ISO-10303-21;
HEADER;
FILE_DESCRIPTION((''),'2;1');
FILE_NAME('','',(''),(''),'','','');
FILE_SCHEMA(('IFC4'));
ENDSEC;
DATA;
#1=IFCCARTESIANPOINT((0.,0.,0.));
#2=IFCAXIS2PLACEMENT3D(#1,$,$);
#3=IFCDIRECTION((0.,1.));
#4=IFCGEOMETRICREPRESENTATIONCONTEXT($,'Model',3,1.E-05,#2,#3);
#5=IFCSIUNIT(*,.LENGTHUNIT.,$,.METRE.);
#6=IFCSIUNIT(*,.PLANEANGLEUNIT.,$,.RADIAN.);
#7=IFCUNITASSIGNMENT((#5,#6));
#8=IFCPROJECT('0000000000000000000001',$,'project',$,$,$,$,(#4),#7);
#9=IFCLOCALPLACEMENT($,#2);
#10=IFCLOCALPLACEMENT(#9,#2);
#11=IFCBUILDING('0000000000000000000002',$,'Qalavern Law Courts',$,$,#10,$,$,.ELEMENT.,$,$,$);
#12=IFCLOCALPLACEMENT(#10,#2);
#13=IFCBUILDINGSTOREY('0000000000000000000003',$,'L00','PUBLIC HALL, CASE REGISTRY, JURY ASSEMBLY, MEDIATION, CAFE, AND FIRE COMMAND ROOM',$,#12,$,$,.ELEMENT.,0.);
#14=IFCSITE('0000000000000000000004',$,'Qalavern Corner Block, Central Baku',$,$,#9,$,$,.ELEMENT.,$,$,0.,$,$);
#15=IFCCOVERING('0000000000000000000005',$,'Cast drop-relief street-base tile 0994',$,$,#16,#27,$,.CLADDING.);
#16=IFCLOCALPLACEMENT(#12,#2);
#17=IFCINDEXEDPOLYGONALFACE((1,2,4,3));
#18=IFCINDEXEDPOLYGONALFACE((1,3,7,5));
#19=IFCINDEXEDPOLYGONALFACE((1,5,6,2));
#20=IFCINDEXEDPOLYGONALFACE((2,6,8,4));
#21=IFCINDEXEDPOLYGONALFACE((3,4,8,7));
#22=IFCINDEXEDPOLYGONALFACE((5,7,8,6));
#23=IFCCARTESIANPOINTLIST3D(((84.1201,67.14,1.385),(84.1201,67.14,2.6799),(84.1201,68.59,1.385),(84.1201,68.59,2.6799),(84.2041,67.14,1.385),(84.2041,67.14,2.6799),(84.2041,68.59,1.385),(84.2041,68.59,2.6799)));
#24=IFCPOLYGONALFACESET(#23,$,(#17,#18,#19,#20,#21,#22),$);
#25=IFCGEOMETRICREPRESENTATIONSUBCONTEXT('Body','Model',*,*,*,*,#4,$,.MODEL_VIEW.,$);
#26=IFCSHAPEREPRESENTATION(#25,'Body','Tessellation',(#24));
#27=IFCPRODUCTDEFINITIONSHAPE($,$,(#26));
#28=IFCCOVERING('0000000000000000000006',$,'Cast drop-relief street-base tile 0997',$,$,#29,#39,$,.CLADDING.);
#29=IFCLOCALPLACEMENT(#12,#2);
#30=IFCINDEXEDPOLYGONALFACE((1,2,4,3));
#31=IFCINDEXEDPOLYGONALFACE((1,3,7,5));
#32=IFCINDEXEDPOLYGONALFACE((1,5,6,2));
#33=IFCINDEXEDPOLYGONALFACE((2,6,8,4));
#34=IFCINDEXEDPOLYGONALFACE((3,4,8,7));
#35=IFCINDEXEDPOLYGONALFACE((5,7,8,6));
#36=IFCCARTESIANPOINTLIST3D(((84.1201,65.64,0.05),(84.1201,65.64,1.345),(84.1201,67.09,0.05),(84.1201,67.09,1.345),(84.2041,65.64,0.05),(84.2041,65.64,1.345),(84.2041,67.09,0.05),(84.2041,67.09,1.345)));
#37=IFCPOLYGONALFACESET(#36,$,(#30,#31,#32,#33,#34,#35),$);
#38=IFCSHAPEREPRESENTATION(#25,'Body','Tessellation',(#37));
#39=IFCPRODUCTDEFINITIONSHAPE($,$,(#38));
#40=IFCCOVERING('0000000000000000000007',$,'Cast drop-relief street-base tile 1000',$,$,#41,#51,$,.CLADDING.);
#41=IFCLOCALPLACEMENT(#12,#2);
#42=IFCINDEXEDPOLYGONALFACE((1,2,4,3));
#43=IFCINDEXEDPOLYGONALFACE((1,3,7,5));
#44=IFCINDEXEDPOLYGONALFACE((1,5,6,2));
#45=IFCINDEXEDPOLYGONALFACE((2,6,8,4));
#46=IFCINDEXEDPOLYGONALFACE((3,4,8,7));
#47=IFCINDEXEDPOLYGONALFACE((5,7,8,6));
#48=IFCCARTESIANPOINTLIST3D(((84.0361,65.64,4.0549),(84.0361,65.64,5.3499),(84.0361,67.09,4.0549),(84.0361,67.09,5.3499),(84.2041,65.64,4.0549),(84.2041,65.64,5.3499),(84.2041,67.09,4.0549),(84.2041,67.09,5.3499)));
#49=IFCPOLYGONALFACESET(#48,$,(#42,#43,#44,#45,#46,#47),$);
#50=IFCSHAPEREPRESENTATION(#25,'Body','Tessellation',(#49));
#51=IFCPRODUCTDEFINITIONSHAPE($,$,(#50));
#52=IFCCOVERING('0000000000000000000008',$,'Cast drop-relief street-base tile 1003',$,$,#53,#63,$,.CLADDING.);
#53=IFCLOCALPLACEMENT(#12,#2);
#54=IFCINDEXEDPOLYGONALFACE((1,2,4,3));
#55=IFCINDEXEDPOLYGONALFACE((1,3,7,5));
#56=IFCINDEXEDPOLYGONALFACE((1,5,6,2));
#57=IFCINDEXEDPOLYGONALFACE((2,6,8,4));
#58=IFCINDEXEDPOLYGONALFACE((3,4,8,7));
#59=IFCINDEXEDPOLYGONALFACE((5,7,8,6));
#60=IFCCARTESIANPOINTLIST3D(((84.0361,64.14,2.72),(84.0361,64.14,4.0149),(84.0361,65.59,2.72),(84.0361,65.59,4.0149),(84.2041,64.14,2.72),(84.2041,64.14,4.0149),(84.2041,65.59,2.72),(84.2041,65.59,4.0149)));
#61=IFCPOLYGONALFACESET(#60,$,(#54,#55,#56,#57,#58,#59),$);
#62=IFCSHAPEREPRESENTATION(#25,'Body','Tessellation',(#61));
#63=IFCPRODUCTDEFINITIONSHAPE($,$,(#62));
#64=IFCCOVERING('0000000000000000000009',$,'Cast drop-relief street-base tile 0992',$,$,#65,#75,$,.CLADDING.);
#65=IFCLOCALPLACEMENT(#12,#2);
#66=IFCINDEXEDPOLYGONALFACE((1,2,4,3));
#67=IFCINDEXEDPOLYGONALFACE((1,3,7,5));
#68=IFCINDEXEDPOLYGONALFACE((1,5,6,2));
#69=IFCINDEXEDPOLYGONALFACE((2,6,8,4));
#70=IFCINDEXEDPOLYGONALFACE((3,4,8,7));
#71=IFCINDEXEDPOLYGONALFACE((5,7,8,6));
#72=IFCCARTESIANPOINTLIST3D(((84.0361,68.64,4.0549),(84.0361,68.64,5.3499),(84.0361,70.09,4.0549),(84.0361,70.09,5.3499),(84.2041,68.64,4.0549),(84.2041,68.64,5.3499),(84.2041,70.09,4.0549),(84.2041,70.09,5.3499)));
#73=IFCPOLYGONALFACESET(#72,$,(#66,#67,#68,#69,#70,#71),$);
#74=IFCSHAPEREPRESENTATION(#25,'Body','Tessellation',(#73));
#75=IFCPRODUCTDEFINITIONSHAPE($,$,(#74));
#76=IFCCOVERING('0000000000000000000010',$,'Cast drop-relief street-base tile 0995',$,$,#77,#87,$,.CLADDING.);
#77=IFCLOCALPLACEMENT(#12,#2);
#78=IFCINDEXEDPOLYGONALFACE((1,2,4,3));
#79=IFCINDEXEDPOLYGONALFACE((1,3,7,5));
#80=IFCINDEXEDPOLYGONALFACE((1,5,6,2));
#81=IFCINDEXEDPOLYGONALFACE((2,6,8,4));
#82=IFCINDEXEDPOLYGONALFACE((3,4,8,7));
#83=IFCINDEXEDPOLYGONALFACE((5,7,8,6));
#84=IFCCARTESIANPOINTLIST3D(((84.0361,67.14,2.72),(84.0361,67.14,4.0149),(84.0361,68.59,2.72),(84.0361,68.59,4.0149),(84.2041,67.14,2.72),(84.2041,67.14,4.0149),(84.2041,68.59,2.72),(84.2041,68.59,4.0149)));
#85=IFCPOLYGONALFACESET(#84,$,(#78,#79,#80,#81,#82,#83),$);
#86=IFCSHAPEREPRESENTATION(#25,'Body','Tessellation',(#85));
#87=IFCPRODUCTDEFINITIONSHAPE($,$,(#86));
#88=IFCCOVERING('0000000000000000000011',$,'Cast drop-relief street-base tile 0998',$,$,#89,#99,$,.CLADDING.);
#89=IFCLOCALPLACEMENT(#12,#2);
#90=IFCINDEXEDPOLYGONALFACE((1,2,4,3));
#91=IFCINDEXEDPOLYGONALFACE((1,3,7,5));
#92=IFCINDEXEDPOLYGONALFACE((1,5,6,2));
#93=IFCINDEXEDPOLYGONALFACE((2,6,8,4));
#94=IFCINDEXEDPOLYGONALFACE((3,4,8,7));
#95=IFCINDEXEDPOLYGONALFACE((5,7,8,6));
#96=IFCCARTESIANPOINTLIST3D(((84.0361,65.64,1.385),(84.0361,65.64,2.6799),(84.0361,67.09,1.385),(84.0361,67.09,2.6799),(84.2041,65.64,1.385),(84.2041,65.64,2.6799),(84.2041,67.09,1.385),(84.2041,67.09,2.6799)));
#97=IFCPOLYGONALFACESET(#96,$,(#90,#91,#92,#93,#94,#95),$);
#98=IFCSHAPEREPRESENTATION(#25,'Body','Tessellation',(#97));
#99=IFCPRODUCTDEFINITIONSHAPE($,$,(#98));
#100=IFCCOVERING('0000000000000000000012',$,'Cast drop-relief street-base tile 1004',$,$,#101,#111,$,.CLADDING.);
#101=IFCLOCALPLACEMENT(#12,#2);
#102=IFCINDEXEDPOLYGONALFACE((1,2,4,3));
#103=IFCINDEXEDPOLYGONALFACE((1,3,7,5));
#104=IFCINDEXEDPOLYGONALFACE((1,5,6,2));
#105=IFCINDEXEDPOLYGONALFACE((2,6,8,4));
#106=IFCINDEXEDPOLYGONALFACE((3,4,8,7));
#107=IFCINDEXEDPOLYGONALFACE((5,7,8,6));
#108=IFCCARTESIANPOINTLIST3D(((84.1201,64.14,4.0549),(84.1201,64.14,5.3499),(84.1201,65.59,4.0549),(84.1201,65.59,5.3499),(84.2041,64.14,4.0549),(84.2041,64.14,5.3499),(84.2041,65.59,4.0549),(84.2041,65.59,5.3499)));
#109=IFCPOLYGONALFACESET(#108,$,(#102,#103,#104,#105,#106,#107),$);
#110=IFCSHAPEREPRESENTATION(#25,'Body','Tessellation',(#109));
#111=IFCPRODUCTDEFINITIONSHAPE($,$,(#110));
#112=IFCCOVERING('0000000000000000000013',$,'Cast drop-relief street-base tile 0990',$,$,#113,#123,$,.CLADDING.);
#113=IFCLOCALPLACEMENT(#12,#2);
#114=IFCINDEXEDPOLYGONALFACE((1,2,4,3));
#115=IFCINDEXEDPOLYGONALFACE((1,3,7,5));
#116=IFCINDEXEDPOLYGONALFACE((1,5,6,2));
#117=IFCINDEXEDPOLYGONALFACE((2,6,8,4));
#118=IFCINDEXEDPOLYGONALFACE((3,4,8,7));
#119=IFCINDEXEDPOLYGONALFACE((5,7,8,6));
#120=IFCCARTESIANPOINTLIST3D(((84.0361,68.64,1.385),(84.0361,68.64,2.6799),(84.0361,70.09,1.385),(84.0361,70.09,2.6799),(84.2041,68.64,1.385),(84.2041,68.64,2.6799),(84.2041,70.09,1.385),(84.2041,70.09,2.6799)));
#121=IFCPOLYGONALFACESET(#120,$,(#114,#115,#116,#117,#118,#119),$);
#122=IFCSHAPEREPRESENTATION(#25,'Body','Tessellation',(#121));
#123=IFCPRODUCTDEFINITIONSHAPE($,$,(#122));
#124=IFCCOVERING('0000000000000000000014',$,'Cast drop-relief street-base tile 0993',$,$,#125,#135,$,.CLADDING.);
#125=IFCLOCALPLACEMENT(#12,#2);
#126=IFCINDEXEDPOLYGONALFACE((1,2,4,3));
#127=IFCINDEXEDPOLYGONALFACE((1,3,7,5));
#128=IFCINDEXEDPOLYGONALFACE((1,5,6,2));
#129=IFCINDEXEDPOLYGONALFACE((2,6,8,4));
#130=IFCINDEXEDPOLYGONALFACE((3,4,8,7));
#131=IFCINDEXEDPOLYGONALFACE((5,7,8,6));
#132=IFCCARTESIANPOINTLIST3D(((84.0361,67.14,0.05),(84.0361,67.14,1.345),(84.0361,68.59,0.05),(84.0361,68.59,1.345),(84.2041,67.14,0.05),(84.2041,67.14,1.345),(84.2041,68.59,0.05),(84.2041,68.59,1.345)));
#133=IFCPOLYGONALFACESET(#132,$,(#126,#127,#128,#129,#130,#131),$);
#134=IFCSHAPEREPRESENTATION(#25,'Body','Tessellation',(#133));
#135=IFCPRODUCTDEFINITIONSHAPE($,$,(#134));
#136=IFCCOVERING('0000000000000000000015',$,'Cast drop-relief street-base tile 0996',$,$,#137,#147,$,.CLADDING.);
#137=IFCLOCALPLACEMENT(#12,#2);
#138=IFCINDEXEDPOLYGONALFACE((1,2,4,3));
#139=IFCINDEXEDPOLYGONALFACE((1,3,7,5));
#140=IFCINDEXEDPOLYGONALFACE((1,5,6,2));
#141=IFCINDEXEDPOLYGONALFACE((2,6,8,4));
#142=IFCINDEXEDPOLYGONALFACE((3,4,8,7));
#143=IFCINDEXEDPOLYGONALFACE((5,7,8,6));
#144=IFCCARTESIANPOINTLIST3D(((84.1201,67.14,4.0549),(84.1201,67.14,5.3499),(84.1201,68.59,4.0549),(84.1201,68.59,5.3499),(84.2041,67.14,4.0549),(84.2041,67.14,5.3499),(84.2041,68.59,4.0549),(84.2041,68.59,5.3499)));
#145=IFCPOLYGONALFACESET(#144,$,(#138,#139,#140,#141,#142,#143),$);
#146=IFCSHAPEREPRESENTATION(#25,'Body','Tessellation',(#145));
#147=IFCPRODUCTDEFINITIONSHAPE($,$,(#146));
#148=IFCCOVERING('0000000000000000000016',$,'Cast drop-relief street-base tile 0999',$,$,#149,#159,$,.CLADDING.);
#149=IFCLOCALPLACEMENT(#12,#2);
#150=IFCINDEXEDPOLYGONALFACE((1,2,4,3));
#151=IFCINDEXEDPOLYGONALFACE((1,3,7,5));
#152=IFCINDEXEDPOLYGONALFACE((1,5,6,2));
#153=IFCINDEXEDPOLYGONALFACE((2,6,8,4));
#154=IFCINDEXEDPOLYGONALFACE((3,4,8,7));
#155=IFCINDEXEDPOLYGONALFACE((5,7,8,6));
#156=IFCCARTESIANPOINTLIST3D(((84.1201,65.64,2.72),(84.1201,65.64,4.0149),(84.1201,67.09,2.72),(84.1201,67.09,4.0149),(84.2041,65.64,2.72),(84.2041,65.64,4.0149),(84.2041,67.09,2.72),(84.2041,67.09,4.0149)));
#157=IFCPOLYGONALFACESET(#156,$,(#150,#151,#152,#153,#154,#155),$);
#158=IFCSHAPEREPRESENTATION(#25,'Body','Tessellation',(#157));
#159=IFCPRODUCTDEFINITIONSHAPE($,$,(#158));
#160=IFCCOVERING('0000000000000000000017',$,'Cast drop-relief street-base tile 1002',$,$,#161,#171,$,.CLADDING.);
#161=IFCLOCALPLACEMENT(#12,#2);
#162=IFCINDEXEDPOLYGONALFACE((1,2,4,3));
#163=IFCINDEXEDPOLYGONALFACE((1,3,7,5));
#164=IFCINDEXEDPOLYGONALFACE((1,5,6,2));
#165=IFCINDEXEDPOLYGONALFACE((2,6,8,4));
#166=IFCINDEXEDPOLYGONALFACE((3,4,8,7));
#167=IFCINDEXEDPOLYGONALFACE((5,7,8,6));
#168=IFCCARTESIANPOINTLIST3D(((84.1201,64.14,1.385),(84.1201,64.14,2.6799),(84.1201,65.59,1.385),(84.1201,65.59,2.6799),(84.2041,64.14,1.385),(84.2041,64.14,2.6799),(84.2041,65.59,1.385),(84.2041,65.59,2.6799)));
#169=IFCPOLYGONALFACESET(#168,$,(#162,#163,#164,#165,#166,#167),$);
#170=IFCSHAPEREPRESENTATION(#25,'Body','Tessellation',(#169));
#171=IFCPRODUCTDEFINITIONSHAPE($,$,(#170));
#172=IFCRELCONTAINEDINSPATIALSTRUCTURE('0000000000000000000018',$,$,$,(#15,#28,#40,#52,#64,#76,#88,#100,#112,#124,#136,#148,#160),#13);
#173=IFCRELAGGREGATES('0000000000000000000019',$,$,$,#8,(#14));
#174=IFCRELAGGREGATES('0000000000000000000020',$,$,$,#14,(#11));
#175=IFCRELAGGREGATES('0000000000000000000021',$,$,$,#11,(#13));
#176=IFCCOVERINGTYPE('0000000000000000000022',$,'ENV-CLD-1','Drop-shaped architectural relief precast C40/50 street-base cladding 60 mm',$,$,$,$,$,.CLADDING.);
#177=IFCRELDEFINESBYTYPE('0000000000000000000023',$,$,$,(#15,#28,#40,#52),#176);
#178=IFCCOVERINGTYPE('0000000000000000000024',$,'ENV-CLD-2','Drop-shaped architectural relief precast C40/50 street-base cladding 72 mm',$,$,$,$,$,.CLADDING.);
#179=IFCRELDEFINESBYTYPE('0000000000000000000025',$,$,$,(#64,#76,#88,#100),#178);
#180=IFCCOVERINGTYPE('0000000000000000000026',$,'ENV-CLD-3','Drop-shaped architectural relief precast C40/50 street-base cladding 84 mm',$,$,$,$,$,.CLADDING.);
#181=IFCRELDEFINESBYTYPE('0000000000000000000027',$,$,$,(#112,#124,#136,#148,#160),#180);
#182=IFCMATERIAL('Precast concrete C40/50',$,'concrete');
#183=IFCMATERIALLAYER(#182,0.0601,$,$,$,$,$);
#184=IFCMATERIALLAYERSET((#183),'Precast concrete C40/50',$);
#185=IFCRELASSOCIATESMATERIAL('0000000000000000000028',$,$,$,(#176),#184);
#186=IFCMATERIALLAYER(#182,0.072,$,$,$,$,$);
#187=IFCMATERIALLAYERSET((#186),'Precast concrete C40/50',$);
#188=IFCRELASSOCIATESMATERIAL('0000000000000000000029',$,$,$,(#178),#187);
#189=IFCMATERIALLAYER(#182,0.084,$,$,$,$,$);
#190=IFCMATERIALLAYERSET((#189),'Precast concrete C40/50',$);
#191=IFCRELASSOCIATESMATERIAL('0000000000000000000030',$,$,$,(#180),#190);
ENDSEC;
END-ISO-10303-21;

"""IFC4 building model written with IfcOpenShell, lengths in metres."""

from ifc_helpers import new_model, si_unit, direction, frame, origin, origin_2d, place, context, subcontext, project, spatial, rectangle, extrude, material, layer, layer_set, type_object, element, save


model = new_model("IFC4")

# Units and contexts
model_context = context("Model", 3, precision=1e-05, world=origin(), true_north=direction((0.0, 1.0)))
body_context = subcontext(model_context, "Body", "Model", "MODEL_VIEW")
ifc_project = project(units=[si_unit("LENGTHUNIT", "METRE"), si_unit("PLANEANGLEUNIT", "RADIAN")], contexts=[model_context])

# Site, building, storey
site_placement = place(None, origin())
site = spatial("IfcSite", under=ifc_project, at=site_placement, Name="Qalavern Corner Block, Central Baku", CompositionType="ELEMENT", RefElevation=0.0)
building_placement = place(site_placement, origin())
building = spatial("IfcBuilding", under=site, at=building_placement, Name="Qalavern Law Courts", CompositionType="ELEMENT")
storey_placement = place(building_placement, origin())
storey = spatial("IfcBuildingStorey", under=building, at=storey_placement, Name="L00", Description="PUBLIC HALL, CASE REGISTRY, JURY ASSEMBLY, MEDIATION, CAFE, AND FIRE COMMAND ROOM", CompositionType="ELEMENT", Elevation=0.0)

# Coverings
ifc_material_1 = material(Name="Precast concrete C40/50", Category="concrete")
ifc_layer_1 = layer(ifc_material_1, 0.0601)
ifc_layer_set_1 = layer_set([ifc_layer_1], Name="Precast concrete C40/50")
covering_type_1 = type_object("IfcCoveringType", Name="ENV-CLD-1", Description="Drop-shaped architectural relief precast C40/50 street-base cladding 60 mm", PredefinedType="CLADDING", material=ifc_layer_set_1)
for number, where, z_axis, x_axis, name in (
    (1, (84.1621, 67.865, 1.385), (0.0, 0.0, 1.0), (0.0, -1.0, 0.0), "Cast drop-relief street-base tile 0994"),
    (2, (84.1621, 66.365, 0.05), (0.0, 0.0, 1.0), (0.0, -1.0, 0.0), "Cast drop-relief street-base tile 0997"),
):
    element("IfcCovering", number, at=place(storey_placement, frame(where, z_axis=z_axis, x_axis=x_axis)), inside=storey, type_object=covering_type_1, Name=name, PredefinedType="CLADDING", context=body_context, shape_type="SweptSolid", body=[
        extrude(rectangle(XDim=1.45, YDim=0.084, at=origin_2d()), origin(), (0.0, 0.0, 1.0), 1.2949),
    ])
for number, where, z_axis, x_axis, name in (
    (3, (84.1201, 66.365, 4.0549), (0.0, 0.0, 1.0), (0.0, -1.0, 0.0), "Cast drop-relief street-base tile 1000"),
    (4, (84.1201, 64.865, 2.72), (0.0, 0.0, 1.0), (0.0, -1.0, 0.0), "Cast drop-relief street-base tile 1003"),
):
    element("IfcCovering", number, at=place(storey_placement, frame(where, z_axis=z_axis, x_axis=x_axis)), inside=storey, type_object=covering_type_1, Name=name, PredefinedType="CLADDING", context=body_context, shape_type="SweptSolid", body=[
        extrude(rectangle(XDim=1.45, YDim=0.168, at=origin_2d()), origin(), (0.0, 0.0, 1.0), 1.2949),
    ])
ifc_layer_2 = layer(ifc_material_1, 0.072)
ifc_layer_set_2 = layer_set([ifc_layer_2], Name="Precast concrete C40/50")
covering_type_2 = type_object("IfcCoveringType", Name="ENV-CLD-2", Description="Drop-shaped architectural relief precast C40/50 street-base cladding 72 mm", PredefinedType="CLADDING", material=ifc_layer_set_2)
for number, where, z_axis, x_axis, name in (
    (5, (84.1201, 69.365, 4.0549), (0.0, 0.0, 1.0), (0.0, -1.0, 0.0), "Cast drop-relief street-base tile 0992"),
    (6, (84.1201, 67.865, 2.72), (0.0, 0.0, 1.0), (0.0, -1.0, 0.0), "Cast drop-relief street-base tile 0995"),
    (7, (84.1201, 66.365, 1.385), (0.0, 0.0, 1.0), (0.0, -1.0, 0.0), "Cast drop-relief street-base tile 0998"),
):
    element("IfcCovering", number, at=place(storey_placement, frame(where, z_axis=z_axis, x_axis=x_axis)), inside=storey, type_object=covering_type_2, Name=name, PredefinedType="CLADDING", context=body_context, shape_type="SweptSolid", body=[
        extrude(rectangle(XDim=1.45, YDim=0.168, at=origin_2d()), origin(), (0.0, 0.0, 1.0), 1.2949),
    ])
covering_placement = place(storey_placement, frame((84.1621, 64.865, 4.0549), z_axis=(0.0, 0.0, 1.0), x_axis=(0.0, -1.0, 0.0)))
element("IfcCovering", 8, at=covering_placement, inside=storey, type_object=covering_type_2, Name="Cast drop-relief street-base tile 1004", PredefinedType="CLADDING", context=body_context, shape_type="SweptSolid", body=[
    extrude(rectangle(XDim=1.45, YDim=0.084, at=origin_2d()), origin(), (0.0, 0.0, 1.0), 1.2949),
])
ifc_layer_3 = layer(ifc_material_1, 0.084)
ifc_layer_set_3 = layer_set([ifc_layer_3], Name="Precast concrete C40/50")
covering_type_3 = type_object("IfcCoveringType", Name="ENV-CLD-3", Description="Drop-shaped architectural relief precast C40/50 street-base cladding 84 mm", PredefinedType="CLADDING", material=ifc_layer_set_3)
for number, where, z_axis, x_axis, name in (
    (9, (84.1201, 69.365, 1.385), (0.0, 0.0, 1.0), (0.0, -1.0, 0.0), "Cast drop-relief street-base tile 0990"),
    (10, (84.1201, 67.865, 0.05), (0.0, 0.0, 1.0), (0.0, -1.0, 0.0), "Cast drop-relief street-base tile 0993"),
):
    element("IfcCovering", number, at=place(storey_placement, frame(where, z_axis=z_axis, x_axis=x_axis)), inside=storey, type_object=covering_type_3, Name=name, PredefinedType="CLADDING", context=body_context, shape_type="SweptSolid", body=[
        extrude(rectangle(XDim=1.45, YDim=0.168, at=origin_2d()), origin(), (0.0, 0.0, 1.0), 1.2949),
    ])
for number, where, z_axis, x_axis, name in (
    (11, (84.1621, 67.865, 4.0549), (0.0, 0.0, 1.0), (0.0, -1.0, 0.0), "Cast drop-relief street-base tile 0996"),
    (12, (84.1621, 66.365, 2.72), (0.0, 0.0, 1.0), (0.0, -1.0, 0.0), "Cast drop-relief street-base tile 0999"),
    (13, (84.1621, 64.865, 1.385), (0.0, 0.0, 1.0), (0.0, -1.0, 0.0), "Cast drop-relief street-base tile 1002"),
):
    element("IfcCovering", number, at=place(storey_placement, frame(where, z_axis=z_axis, x_axis=x_axis)), inside=storey, type_object=covering_type_3, Name=name, PredefinedType="CLADDING", context=body_context, shape_type="SweptSolid", body=[
        extrude(rectangle(XDim=1.45, YDim=0.084, at=origin_2d()), origin(), (0.0, 0.0, 1.0), 1.2949),
    ])

save(model, "model.ifc")
